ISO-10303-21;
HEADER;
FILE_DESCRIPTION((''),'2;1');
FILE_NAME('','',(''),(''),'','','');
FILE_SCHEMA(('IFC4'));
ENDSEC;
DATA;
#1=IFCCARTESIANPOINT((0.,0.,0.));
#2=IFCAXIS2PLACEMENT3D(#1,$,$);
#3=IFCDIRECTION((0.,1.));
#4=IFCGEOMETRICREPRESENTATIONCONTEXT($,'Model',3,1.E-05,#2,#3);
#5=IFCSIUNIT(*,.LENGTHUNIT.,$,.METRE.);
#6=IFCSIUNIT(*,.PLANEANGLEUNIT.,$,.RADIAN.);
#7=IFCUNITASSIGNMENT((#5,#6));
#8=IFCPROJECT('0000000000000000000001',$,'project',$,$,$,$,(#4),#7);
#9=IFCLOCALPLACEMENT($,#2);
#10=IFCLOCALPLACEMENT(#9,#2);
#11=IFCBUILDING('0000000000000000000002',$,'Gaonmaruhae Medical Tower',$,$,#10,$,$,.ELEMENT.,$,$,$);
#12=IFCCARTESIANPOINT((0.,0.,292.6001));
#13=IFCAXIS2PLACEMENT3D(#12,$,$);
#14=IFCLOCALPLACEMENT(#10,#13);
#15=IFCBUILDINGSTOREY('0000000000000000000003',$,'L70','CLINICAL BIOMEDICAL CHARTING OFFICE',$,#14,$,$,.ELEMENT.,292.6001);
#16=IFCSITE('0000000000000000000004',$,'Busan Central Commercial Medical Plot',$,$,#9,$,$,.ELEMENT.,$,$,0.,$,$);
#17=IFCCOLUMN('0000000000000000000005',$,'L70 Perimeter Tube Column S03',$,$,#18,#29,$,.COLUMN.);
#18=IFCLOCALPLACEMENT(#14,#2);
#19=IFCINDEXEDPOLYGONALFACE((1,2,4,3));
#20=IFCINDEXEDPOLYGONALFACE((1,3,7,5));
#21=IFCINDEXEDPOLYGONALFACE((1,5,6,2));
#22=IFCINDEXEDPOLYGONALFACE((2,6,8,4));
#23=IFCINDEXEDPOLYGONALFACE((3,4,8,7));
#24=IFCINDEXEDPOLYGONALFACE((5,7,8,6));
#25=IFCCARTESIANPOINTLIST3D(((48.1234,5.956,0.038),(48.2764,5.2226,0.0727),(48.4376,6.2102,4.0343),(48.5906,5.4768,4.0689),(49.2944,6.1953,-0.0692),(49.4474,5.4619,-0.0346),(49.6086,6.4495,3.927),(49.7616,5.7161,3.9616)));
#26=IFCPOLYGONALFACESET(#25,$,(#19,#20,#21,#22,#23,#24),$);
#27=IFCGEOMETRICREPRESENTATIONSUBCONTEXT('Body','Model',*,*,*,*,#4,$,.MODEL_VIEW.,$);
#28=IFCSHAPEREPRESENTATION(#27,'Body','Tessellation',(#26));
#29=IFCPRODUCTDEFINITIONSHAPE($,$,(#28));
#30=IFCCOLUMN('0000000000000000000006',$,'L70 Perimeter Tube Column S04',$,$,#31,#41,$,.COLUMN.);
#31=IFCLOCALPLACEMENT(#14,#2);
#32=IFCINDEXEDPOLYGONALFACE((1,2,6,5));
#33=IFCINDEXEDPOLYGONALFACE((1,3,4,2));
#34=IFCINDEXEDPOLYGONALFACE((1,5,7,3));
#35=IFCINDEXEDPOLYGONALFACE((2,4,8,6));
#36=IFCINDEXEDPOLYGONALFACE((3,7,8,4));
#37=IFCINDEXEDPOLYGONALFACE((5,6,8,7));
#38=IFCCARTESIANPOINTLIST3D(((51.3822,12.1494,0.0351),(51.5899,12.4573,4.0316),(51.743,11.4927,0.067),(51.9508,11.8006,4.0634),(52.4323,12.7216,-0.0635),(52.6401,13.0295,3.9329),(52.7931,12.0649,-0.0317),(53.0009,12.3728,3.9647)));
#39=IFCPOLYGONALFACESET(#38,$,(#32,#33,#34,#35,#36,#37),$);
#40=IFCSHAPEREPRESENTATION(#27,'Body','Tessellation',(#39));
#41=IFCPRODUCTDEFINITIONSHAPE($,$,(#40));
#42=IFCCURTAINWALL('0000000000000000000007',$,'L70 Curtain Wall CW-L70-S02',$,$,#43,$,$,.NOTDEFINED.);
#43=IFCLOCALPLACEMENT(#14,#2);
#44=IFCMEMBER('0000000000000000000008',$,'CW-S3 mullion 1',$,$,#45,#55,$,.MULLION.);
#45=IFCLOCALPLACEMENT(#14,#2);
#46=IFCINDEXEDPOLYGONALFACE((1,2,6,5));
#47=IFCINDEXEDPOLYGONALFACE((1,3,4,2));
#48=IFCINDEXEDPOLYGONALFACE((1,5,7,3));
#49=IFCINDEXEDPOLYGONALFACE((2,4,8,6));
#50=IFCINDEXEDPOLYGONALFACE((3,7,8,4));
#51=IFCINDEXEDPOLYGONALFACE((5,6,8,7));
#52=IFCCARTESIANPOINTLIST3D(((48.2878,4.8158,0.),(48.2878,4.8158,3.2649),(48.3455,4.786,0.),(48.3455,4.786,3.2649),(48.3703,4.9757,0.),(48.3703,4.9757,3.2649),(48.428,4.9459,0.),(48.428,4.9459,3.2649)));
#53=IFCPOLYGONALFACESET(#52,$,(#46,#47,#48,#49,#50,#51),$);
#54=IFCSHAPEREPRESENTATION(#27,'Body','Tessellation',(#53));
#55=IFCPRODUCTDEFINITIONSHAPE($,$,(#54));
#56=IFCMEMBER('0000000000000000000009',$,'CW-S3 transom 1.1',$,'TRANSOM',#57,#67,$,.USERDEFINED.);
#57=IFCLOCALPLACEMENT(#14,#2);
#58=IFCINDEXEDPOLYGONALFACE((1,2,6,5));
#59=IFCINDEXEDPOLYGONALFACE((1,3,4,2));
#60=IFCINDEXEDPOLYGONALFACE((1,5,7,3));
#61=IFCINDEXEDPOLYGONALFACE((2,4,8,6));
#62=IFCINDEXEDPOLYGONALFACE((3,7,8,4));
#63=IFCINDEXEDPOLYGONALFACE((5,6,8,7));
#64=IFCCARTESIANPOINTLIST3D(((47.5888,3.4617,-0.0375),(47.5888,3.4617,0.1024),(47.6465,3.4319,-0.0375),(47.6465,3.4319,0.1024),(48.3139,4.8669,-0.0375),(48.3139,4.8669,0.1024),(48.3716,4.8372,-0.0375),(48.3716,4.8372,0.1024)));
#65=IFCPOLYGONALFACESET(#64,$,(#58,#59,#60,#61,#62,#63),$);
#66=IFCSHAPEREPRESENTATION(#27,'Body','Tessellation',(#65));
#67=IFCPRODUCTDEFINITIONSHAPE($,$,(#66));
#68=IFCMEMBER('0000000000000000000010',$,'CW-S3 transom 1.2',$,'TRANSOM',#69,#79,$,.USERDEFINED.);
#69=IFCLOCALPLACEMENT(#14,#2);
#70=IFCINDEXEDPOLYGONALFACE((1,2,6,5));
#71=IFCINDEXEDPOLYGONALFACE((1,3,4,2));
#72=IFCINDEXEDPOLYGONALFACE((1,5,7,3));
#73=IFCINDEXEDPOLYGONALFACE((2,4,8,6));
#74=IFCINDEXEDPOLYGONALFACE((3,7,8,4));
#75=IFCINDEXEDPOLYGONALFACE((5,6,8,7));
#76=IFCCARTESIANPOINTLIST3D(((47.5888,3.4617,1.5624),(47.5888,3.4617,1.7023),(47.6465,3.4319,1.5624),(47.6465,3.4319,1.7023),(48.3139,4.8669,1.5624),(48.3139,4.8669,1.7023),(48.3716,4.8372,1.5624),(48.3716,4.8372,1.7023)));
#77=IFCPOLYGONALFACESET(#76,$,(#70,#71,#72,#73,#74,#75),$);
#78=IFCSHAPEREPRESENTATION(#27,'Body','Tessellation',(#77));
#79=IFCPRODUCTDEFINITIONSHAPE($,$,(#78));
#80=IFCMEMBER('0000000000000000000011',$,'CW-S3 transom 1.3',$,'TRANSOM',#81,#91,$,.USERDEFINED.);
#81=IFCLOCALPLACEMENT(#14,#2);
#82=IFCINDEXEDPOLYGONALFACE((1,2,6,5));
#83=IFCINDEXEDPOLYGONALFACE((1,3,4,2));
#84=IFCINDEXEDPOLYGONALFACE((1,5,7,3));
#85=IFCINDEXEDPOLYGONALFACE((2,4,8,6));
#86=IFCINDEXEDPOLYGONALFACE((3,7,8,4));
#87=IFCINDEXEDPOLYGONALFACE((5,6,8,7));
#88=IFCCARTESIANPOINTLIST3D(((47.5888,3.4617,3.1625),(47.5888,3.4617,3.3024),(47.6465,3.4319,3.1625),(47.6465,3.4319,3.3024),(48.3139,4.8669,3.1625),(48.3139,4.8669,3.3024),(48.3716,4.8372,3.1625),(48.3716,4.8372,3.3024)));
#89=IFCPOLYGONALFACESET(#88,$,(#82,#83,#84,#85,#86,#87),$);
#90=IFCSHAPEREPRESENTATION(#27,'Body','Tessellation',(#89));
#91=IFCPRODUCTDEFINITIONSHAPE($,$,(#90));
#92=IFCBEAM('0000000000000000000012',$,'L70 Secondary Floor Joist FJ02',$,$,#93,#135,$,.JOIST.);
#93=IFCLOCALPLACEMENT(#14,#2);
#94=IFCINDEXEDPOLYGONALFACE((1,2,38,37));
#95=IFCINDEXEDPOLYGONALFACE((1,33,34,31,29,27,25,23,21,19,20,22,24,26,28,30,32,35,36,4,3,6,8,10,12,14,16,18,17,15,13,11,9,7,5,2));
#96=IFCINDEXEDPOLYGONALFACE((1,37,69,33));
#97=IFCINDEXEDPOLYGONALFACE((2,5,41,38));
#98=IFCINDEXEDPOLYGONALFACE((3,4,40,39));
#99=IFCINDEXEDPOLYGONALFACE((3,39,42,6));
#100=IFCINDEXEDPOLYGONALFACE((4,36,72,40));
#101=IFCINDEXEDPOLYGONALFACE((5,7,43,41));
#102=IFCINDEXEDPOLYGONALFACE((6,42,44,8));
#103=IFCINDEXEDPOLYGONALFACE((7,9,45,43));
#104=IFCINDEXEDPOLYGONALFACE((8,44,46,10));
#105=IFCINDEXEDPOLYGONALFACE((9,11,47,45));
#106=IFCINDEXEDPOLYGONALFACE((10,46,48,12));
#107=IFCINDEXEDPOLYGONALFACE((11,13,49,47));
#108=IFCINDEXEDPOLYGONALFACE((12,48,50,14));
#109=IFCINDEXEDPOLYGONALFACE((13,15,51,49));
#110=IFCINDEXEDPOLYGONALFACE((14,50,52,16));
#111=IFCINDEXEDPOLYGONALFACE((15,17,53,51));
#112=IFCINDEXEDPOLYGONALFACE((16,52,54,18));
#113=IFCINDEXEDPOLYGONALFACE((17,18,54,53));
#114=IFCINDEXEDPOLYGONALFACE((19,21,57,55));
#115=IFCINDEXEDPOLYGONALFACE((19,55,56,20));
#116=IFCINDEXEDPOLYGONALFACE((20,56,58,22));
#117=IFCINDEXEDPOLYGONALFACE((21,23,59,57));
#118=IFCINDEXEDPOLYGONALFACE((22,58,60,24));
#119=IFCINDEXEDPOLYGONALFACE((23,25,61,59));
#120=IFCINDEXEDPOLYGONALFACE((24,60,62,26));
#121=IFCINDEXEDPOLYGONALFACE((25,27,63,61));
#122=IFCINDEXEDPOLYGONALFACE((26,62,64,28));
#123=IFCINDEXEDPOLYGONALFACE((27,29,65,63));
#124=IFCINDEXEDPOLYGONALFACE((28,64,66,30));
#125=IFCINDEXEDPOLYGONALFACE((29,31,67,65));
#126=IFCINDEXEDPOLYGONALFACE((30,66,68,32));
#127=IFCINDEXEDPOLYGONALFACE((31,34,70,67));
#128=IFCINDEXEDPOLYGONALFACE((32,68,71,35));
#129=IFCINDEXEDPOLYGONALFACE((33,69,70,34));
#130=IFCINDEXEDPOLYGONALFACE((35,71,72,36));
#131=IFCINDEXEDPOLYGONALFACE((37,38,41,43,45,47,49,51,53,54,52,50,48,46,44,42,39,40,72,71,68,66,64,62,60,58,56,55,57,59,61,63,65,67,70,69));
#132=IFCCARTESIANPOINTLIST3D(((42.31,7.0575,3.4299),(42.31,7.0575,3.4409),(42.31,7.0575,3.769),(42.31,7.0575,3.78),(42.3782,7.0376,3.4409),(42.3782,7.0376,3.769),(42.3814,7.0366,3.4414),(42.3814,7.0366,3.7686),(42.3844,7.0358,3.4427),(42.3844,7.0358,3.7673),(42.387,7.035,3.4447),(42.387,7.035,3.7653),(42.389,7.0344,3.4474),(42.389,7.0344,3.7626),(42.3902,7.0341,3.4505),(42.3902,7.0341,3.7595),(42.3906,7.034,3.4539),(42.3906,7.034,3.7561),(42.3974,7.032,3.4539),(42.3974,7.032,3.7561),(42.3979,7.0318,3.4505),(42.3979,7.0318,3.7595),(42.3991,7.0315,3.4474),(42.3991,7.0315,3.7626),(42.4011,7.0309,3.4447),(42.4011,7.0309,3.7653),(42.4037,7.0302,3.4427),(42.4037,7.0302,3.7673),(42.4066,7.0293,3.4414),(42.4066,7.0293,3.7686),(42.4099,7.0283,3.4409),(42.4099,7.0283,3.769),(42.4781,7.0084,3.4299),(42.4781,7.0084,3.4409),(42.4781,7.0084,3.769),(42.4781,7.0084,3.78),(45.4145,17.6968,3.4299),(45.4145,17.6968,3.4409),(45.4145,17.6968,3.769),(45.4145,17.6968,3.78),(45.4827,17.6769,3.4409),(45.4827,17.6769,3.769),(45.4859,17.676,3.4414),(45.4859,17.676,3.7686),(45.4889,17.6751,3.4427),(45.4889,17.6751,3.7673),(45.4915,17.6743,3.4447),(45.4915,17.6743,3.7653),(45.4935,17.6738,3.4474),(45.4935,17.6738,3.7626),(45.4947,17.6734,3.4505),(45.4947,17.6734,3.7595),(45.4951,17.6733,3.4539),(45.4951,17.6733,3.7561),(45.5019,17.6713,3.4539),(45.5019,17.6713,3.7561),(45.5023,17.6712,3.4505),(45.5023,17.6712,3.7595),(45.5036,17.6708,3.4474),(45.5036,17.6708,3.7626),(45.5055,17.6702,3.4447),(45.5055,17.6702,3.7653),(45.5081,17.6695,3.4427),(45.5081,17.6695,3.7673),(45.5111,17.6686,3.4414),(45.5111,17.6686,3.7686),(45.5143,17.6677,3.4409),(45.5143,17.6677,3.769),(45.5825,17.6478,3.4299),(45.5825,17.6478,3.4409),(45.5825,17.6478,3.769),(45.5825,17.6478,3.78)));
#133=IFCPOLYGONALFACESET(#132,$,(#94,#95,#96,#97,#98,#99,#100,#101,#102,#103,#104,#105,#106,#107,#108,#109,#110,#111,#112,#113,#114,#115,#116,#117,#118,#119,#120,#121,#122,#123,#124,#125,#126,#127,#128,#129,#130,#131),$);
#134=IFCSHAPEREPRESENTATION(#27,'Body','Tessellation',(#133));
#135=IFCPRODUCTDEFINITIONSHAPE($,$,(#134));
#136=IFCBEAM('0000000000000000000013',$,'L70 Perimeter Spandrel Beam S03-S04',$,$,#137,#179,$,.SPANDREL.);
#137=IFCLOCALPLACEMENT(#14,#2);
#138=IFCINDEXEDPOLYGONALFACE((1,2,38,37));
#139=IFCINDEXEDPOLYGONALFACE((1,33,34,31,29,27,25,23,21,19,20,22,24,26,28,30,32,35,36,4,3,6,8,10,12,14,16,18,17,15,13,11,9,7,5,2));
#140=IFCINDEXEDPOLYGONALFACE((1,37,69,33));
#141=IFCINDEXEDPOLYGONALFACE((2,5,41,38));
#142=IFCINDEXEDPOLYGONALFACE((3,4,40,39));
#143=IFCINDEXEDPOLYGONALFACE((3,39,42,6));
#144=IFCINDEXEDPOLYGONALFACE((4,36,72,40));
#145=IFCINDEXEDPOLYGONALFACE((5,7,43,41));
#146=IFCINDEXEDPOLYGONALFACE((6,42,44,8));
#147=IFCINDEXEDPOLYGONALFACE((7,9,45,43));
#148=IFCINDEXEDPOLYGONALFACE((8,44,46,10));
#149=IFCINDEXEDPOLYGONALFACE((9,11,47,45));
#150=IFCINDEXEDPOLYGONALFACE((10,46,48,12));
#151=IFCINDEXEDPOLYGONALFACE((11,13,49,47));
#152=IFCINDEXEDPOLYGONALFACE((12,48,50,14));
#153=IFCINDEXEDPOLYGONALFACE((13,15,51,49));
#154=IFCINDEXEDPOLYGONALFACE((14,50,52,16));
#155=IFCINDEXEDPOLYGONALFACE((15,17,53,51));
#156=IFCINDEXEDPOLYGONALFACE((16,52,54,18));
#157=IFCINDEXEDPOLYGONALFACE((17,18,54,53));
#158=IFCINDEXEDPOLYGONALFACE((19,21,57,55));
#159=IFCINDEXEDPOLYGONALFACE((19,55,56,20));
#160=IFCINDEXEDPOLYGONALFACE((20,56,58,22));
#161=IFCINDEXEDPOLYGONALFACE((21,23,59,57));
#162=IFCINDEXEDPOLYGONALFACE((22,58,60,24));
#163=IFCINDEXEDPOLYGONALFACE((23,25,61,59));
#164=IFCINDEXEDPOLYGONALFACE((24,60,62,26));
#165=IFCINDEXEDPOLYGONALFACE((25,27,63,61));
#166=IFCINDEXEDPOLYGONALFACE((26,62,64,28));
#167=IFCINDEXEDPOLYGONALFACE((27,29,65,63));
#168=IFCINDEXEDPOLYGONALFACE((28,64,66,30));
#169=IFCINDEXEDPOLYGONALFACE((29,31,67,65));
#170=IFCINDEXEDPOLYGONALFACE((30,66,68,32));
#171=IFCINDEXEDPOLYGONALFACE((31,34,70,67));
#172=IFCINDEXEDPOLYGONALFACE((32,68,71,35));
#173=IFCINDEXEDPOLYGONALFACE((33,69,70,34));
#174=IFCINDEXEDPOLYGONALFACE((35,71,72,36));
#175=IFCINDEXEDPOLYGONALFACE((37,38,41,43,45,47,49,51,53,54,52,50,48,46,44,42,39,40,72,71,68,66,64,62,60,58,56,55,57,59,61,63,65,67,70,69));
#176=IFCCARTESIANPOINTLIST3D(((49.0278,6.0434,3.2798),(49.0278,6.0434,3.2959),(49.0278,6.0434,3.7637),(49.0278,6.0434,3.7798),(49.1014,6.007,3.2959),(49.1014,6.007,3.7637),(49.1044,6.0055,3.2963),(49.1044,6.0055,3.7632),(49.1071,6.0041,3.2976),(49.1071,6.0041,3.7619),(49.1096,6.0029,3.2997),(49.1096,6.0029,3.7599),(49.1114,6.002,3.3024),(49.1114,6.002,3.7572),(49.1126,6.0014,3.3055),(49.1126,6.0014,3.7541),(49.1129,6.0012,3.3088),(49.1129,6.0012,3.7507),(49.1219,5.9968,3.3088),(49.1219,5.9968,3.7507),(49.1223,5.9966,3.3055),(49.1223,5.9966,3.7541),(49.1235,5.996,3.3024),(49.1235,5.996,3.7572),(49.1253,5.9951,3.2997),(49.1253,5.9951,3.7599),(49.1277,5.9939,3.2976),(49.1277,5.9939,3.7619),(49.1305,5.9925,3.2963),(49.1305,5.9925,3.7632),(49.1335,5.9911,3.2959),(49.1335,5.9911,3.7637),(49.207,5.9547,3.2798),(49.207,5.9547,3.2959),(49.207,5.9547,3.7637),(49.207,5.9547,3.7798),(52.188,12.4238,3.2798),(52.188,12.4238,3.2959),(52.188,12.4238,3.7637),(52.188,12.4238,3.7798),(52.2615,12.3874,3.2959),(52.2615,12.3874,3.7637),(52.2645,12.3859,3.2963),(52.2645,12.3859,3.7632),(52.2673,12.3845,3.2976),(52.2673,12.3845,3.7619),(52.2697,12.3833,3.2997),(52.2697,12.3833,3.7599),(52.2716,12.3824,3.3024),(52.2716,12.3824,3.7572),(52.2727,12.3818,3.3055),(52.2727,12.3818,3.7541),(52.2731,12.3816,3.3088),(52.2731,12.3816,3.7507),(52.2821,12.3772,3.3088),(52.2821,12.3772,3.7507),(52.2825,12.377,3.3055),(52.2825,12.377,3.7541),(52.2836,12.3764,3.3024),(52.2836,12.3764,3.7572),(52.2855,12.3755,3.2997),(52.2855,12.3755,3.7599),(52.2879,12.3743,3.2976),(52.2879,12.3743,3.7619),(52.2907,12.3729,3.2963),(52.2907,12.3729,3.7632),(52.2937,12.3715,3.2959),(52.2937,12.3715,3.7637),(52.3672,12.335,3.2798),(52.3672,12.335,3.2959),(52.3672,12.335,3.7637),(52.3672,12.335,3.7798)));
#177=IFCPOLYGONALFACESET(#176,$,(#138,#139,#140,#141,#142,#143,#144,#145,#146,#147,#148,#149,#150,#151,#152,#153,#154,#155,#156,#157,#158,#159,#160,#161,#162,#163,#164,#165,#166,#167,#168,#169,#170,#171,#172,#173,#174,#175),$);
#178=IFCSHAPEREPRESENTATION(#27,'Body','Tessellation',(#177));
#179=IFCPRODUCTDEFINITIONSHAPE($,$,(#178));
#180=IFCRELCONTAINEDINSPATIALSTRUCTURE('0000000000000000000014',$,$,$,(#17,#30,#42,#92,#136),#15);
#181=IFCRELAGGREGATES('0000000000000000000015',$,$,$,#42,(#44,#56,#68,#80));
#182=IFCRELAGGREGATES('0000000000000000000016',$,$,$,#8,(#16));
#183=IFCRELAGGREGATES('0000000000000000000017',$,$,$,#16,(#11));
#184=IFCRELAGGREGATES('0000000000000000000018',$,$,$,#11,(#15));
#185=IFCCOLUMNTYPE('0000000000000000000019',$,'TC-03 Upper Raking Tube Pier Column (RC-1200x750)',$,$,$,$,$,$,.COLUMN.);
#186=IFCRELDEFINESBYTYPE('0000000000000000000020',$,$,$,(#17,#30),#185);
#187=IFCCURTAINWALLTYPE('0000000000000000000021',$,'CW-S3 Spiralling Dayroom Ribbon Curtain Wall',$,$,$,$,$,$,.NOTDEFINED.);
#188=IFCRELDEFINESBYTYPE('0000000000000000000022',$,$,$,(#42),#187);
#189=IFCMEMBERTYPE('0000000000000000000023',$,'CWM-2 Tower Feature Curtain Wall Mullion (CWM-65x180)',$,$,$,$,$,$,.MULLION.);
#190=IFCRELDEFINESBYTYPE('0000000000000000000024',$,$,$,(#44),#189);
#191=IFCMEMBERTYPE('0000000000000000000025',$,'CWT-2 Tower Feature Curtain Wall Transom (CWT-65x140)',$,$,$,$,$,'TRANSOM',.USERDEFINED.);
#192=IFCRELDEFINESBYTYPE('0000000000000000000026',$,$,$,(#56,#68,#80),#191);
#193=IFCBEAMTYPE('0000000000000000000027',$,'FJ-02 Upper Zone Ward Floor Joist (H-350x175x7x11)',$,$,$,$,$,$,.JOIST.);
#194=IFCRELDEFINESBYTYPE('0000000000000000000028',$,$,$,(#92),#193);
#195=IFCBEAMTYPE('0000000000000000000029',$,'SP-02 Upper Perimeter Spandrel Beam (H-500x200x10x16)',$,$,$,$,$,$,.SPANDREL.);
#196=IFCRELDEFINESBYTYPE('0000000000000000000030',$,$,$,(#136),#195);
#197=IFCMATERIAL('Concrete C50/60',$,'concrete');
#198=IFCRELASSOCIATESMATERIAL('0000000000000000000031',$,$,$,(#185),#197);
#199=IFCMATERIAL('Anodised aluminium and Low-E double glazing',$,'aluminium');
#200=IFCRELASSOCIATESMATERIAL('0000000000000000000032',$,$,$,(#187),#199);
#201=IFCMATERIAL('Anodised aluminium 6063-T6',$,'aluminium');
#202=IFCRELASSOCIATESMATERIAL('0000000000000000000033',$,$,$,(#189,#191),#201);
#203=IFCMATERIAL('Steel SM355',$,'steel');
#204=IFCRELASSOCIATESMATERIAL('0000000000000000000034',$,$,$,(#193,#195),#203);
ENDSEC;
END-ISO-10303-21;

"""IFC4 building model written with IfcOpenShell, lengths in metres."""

from ifc_helpers import new_model, si_unit, direction, frame, origin, origin_2d, place, context, subcontext, project, spatial, rectangle, i_section, extrude, material, material_profile, profile_set, type_object, element, aggregate, save


model = new_model("IFC4")

# Units and contexts
model_context = context("Model", 3, precision=1e-05, world=origin(), true_north=direction((0.0, 1.0)))
body_context = subcontext(model_context, "Body", "Model", "MODEL_VIEW")
ifc_project = project(units=[si_unit("LENGTHUNIT", "METRE"), si_unit("PLANEANGLEUNIT", "RADIAN")], contexts=[model_context])

# Site, building, storey
site_placement = place(None, origin())
site = spatial("IfcSite", under=ifc_project, at=site_placement, Name="Busan Central Commercial Medical Plot", CompositionType="ELEMENT", RefElevation=0.0)
building_placement = place(site_placement, origin())
building = spatial("IfcBuilding", under=site, at=building_placement, Name="Gaonmaruhae Medical Tower", CompositionType="ELEMENT")
storey_placement = place(building_placement, frame((0.0, 0.0, 292.6001)))
storey = spatial("IfcBuildingStorey", under=building, at=storey_placement, Name="L70", Description="CLINICAL BIOMEDICAL CHARTING OFFICE", CompositionType="ELEMENT", Elevation=292.6001)

# Columns
ifc_material_1 = material(Name="Concrete C50/60", Category="concrete")
ifc_material_profile_1 = material_profile(ifc_material_1, rectangle(XDim=1.2, YDim=0.75, at=origin_2d()), Name="RC-1200x750")
ifc_profile_set_1 = profile_set([ifc_material_profile_1], Name="Concrete C50/60")
column_type = type_object("IfcColumnType", Name="TC-03 Upper Raking Tube Pier Column (RC-1200x750)", PredefinedType="COLUMN", material=ifc_profile_set_1)
column_1_placement = place(storey_placement, frame((48.7854, 5.709, 0.0017), z_axis=(0.078225, 0.063273, 0.994926), x_axis=(-0.97583, -0.199404, 0.089405)))
element("IfcColumn", 1, at=column_1_placement, inside=storey, type_object=column_type, Name="L70 Perimeter Tube Column S03", PredefinedType="COLUMN", context=body_context, shape_type="SweptSolid", body=[
    extrude(rectangle(XDim=1.2, YDim=0.75, at=origin_2d()), origin(), (0.0, 0.0, 1.0), 4.0166),
])
column_2_placement = place(storey_placement, frame((52.0876, 12.1072, 0.0017), z_axis=(0.051765, 0.076705, 0.995709), x_axis=(-0.87513, -0.47685, 0.082231)))
element("IfcColumn", 2, at=column_2_placement, inside=storey, type_object=column_type, Name="L70 Perimeter Tube Column S04", PredefinedType="COLUMN", context=body_context, shape_type="SweptSolid", body=[
    extrude(rectangle(XDim=1.2, YDim=0.75, at=origin_2d()), origin(), (0.0, 0.0, 1.0), 4.0137),
])

# Curtain wall, members
ifc_material_2 = material(Name="Anodised aluminium and Low-E double glazing", Category="aluminium")
curtain_wall_type = type_object("IfcCurtainWallType", Name="CW-S3 Spiralling Dayroom Ribbon Curtain Wall", PredefinedType="NOTDEFINED", material=ifc_material_2)
curtain_wall_placement = place(storey_placement, origin())
curtain_wall = element("IfcCurtainWall", 3, at=curtain_wall_placement, inside=storey, type_object=curtain_wall_type, Name="L70 Curtain Wall CW-L70-S02", PredefinedType="NOTDEFINED")
ifc_material_3 = material(Name="Anodised aluminium 6063-T6", Category="aluminium")
ifc_material_profile_2 = material_profile(ifc_material_3, rectangle(XDim=0.0649, YDim=0.1799, at=origin_2d()), Name="CWM-65x180")
ifc_profile_set_2 = profile_set([ifc_material_profile_2], Name="Anodised aluminium 6063-T6")
member_type_1 = type_object("IfcMemberType", Name="CWM-2 Tower Feature Curtain Wall Mullion (CWM-65x180)", PredefinedType="MULLION", material=ifc_profile_set_2)
member_1_placement = place(storey_placement, frame((48.3579, 4.8809, 0.0), z_axis=(0.0, 0.0, 1.0), x_axis=(0.888624, -0.458637, 0.0)))
member_1 = element("IfcMember", 4, at=member_1_placement, type_object=member_type_1, Name="CW-S3 mullion 1", PredefinedType="MULLION", context=body_context, shape_type="SweptSolid", body=[
    extrude(rectangle(XDim=0.0649, YDim=0.1799, at=origin_2d()), origin(), (0.0, 0.0, 1.0), 3.2649),
])
ifc_material_profile_3 = material_profile(ifc_material_3, rectangle(XDim=0.0649, YDim=0.1399, at=origin_2d()), Name="CWT-65x140")
ifc_profile_set_3 = profile_set([ifc_material_profile_3], Name="Anodised aluminium 6063-T6")
member_type_2 = type_object("IfcMemberType", Name="CWT-2 Tower Feature Curtain Wall Transom (CWT-65x140)", ElementType="TRANSOM", PredefinedType="USERDEFINED", material=ifc_profile_set_3)
member_2_placement = place(storey_placement, frame((48.3428, 4.8521, 0.0325), z_axis=(-0.458541, -0.888673, 0.0), x_axis=(0.888673, -0.458541, 0.0)))
member_2 = element("IfcMember", 5, at=member_2_placement, type_object=member_type_2, Name="CW-S3 transom 1.1", ObjectType="TRANSOM", PredefinedType="USERDEFINED", context=body_context, shape_type="SweptSolid", body=[
    extrude(rectangle(XDim=0.0649, YDim=0.1399, at=origin_2d()), origin(), (0.0, 0.0, 1.0), 1.5813),
])
member_3_placement = place(storey_placement, frame((48.3428, 4.8521, 1.6323), z_axis=(-0.458541, -0.888673, 0.0), x_axis=(0.888673, -0.458541, 0.0)))
member_3 = element("IfcMember", 6, at=member_3_placement, type_object=member_type_2, Name="CW-S3 transom 1.2", ObjectType="TRANSOM", PredefinedType="USERDEFINED", context=body_context, shape_type="SweptSolid", body=[
    extrude(rectangle(XDim=0.0649, YDim=0.1399, at=origin_2d()), origin(), (0.0, 0.0, 1.0), 1.5813),
])
member_4_placement = place(storey_placement, frame((48.3428, 4.8521, 3.2324), z_axis=(-0.458541, -0.888673, 0.0), x_axis=(0.888673, -0.458541, 0.0)))
member_4 = element("IfcMember", 7, at=member_4_placement, type_object=member_type_2, Name="CW-S3 transom 1.3", ObjectType="TRANSOM", PredefinedType="USERDEFINED", context=body_context, shape_type="SweptSolid", body=[
    extrude(rectangle(XDim=0.0649, YDim=0.1399, at=origin_2d()), origin(), (0.0, 0.0, 1.0), 1.5813),
])
aggregate(curtain_wall, [member_1, member_2, member_3, member_4])

# Beams
ifc_material_4 = material(Name="Steel SM355", Category="steel")
ifc_material_profile_4 = material_profile(ifc_material_4, i_section(OverallWidth=0.175, OverallDepth=0.3501, WebThickness=0.0071, FlangeThickness=0.011, FilletRadius=0.0129, at=origin_2d()), Name="H-350x175x7x11")
ifc_profile_set_4 = profile_set([ifc_material_profile_4], Name="Steel SM355")
beam_type_1 = type_object("IfcBeamType", Name="FJ-02 Upper Zone Ward Floor Joist (H-350x175x7x11)", PredefinedType="JOIST", material=ifc_profile_set_4)
beam_placement = place(storey_placement, frame((42.394, 7.033, 3.605), z_axis=(0.280111, 0.959968, 0.0), x_axis=(-0.959968, 0.280111, 0.0)))
element("IfcBeam", 8, at=beam_placement, inside=storey, type_object=beam_type_1, Name="L70 Secondary Floor Joist FJ02", PredefinedType="JOIST", context=body_context, shape_type="SweptSolid", body=[
    extrude(i_section(OverallWidth=0.175, OverallDepth=0.3501, WebThickness=0.0071, FlangeThickness=0.011, FilletRadius=0.0129, at=origin_2d()), origin(), (0.0, 0.0, 1.0), 11.083),
])
ifc_material_profile_5 = material_profile(ifc_material_4, i_section(OverallWidth=0.2, OverallDepth=0.5, WebThickness=0.01, FlangeThickness=0.0161, FilletRadius=0.0129, at=origin_2d()), Name="H-500x200x10x16")
ifc_profile_set_5 = profile_set([ifc_material_profile_5], Name="Steel SM355")
beam_type_2 = type_object("IfcBeamType", Name="SP-02 Upper Perimeter Spandrel Beam (H-500x200x10x16)", PredefinedType="SPANDREL", material=ifc_profile_set_5)
for number, where, z_axis, x_axis, name in (
    (9, (49.1174, 5.999, 3.5298), (0.443836, 0.896108, 0.0), (-0.896108, 0.443836, 0.0), "L70 Perimeter Spandrel Beam S03-S04"),
):
    element("IfcBeam", number, at=place(storey_placement, frame(where, z_axis=z_axis, x_axis=x_axis)), inside=storey, type_object=beam_type_2, Name=name, PredefinedType="SPANDREL", context=body_context, shape_type="SweptSolid", body=[
        extrude(i_section(OverallWidth=0.2, OverallDepth=0.5, WebThickness=0.01, FlangeThickness=0.0161, FilletRadius=0.0129, at=origin_2d()), origin(), (0.0, 0.0, 1.0), 7.1201),
    ])

save(model, "model.ifc")
